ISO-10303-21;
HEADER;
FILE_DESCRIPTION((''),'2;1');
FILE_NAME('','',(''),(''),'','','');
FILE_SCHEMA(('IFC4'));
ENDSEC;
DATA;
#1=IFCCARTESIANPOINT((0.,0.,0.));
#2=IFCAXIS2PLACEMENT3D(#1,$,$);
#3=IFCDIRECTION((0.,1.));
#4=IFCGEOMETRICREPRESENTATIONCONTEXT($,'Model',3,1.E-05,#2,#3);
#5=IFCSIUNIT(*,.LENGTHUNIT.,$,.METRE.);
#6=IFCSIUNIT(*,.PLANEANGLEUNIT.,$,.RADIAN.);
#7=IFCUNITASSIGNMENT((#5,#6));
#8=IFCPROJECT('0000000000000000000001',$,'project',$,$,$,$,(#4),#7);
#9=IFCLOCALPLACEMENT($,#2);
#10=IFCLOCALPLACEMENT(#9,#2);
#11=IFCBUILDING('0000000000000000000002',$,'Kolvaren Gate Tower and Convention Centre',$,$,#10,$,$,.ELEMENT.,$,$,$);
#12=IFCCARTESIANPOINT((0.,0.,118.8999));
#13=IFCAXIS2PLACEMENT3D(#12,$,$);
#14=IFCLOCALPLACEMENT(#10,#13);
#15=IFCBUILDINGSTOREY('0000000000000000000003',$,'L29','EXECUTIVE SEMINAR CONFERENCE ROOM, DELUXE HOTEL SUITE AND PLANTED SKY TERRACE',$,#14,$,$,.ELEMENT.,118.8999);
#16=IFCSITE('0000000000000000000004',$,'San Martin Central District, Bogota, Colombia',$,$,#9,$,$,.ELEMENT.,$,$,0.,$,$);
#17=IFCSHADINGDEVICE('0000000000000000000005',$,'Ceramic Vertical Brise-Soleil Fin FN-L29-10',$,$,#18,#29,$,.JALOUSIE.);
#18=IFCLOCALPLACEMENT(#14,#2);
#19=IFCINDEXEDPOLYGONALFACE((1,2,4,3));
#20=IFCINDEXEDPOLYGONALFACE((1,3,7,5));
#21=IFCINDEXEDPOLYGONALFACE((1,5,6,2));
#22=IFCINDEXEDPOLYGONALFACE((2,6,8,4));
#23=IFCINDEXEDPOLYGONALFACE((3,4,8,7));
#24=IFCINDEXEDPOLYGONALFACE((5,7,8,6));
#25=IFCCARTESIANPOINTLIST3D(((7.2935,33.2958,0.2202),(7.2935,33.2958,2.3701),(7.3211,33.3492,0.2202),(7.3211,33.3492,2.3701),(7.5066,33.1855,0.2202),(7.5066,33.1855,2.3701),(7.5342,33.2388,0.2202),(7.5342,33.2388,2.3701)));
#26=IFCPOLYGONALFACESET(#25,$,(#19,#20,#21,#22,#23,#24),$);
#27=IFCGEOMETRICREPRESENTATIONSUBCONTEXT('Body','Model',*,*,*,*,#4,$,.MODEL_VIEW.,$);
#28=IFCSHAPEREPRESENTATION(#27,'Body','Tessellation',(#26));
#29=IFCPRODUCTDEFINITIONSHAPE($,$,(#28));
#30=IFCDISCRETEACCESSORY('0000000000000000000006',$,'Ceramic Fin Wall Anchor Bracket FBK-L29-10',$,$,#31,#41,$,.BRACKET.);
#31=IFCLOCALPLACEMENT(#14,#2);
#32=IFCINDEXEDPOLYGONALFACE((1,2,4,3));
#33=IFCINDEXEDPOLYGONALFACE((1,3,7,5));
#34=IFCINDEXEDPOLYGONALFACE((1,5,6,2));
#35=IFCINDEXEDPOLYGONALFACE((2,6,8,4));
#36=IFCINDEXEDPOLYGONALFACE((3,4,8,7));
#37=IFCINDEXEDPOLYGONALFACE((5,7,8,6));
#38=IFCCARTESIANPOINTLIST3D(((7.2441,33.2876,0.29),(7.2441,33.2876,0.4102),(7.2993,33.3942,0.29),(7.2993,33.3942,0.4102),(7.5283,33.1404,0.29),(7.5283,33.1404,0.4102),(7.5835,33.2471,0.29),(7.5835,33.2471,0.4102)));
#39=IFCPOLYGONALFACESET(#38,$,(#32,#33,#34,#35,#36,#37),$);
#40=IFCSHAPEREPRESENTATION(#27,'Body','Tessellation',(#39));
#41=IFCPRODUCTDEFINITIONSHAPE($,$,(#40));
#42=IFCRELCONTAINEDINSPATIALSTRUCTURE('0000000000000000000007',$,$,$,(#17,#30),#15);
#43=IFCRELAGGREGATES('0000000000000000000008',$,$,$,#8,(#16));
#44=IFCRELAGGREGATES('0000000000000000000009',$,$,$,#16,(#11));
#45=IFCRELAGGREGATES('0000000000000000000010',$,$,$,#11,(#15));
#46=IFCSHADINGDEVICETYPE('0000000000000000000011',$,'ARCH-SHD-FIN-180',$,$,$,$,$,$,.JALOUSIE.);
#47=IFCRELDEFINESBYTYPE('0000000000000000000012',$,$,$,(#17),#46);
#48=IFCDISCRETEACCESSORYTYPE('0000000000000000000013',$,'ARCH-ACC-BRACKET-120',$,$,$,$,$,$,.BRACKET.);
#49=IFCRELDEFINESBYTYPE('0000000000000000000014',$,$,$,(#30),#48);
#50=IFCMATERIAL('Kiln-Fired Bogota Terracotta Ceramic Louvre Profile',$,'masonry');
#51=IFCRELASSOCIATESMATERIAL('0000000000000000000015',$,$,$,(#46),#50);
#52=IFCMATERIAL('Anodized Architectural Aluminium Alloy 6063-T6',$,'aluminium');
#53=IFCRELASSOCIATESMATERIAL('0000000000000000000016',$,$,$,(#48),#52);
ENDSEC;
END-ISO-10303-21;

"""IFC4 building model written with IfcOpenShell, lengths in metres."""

from ifc_helpers import new_model, si_unit, direction, frame, origin, origin_2d, place, context, subcontext, project, spatial, rectangle, extrude, material, type_object, element, save


model = new_model("IFC4")

# Units and contexts
model_context = context("Model", 3, precision=1e-05, world=origin(), true_north=direction((0.0, 1.0)))
body_context = subcontext(model_context, "Body", "Model", "MODEL_VIEW")
ifc_project = project(units=[si_unit("LENGTHUNIT", "METRE"), si_unit("PLANEANGLEUNIT", "RADIAN")], contexts=[model_context])

# Site, building, storey
site_placement = place(None, origin())
site = spatial("IfcSite", under=ifc_project, at=site_placement, Name="San Martin Central District, Bogota, Colombia", CompositionType="ELEMENT", RefElevation=0.0)
building_placement = place(site_placement, origin())
building = spatial("IfcBuilding", under=site, at=building_placement, Name="Kolvaren Gate Tower and Convention Centre", CompositionType="ELEMENT")
storey_placement = place(building_placement, frame((0.0, 0.0, 118.8999)))
storey = spatial("IfcBuildingStorey", under=building, at=storey_placement, Name="L29", Description="EXECUTIVE SEMINAR CONFERENCE ROOM, DELUXE HOTEL SUITE AND PLANTED SKY TERRACE", CompositionType="ELEMENT", Elevation=118.8999)

# Shading device
ifc_material_1 = material(Name="Kiln-Fired Bogota Terracotta Ceramic Louvre Profile", Category="masonry")
shading_device_type = type_object("IfcShadingDeviceType", Name="ARCH-SHD-FIN-180", PredefinedType="JALOUSIE", material=ifc_material_1)
shading_device_placement = place(storey_placement, frame((7.4138, 33.2673, 0.2202), z_axis=(0.0, 0.0, 1.0), x_axis=(0.459781, 0.888032, 0.0)))
element("IfcShadingDevice", 1, at=shading_device_placement, inside=storey, type_object=shading_device_type, Name="Ceramic Vertical Brise-Soleil Fin FN-L29-10", PredefinedType="JALOUSIE", context=body_context, shape_type="SweptSolid", body=[
    extrude(rectangle(XDim=0.0601, YDim=0.24, at=origin_2d()), origin(), (0.0, 0.0, 1.0), 2.1499),
])

# Discrete accessory
ifc_material_2 = material(Name="Anodized Architectural Aluminium Alloy 6063-T6", Category="aluminium")
discrete_accessory_type = type_object("IfcDiscreteAccessoryType", Name="ARCH-ACC-BRACKET-120", PredefinedType="BRACKET", material=ifc_material_2)
discrete_accessory_placement = place(storey_placement, frame((7.4138, 33.2673, 0.29), z_axis=(0.0, 0.0, 1.0), x_axis=(0.459781, 0.888032, 0.0)))
element("IfcDiscreteAccessory", 2, at=discrete_accessory_placement, inside=storey, type_object=discrete_accessory_type, Name="Ceramic Fin Wall Anchor Bracket FBK-L29-10", PredefinedType="BRACKET", context=body_context, shape_type="SweptSolid", body=[
    extrude(rectangle(XDim=0.1201, YDim=0.3201, at=origin_2d()), origin(), (0.0, 0.0, 1.0), 0.1201),
])

save(model, "model.ifc")
